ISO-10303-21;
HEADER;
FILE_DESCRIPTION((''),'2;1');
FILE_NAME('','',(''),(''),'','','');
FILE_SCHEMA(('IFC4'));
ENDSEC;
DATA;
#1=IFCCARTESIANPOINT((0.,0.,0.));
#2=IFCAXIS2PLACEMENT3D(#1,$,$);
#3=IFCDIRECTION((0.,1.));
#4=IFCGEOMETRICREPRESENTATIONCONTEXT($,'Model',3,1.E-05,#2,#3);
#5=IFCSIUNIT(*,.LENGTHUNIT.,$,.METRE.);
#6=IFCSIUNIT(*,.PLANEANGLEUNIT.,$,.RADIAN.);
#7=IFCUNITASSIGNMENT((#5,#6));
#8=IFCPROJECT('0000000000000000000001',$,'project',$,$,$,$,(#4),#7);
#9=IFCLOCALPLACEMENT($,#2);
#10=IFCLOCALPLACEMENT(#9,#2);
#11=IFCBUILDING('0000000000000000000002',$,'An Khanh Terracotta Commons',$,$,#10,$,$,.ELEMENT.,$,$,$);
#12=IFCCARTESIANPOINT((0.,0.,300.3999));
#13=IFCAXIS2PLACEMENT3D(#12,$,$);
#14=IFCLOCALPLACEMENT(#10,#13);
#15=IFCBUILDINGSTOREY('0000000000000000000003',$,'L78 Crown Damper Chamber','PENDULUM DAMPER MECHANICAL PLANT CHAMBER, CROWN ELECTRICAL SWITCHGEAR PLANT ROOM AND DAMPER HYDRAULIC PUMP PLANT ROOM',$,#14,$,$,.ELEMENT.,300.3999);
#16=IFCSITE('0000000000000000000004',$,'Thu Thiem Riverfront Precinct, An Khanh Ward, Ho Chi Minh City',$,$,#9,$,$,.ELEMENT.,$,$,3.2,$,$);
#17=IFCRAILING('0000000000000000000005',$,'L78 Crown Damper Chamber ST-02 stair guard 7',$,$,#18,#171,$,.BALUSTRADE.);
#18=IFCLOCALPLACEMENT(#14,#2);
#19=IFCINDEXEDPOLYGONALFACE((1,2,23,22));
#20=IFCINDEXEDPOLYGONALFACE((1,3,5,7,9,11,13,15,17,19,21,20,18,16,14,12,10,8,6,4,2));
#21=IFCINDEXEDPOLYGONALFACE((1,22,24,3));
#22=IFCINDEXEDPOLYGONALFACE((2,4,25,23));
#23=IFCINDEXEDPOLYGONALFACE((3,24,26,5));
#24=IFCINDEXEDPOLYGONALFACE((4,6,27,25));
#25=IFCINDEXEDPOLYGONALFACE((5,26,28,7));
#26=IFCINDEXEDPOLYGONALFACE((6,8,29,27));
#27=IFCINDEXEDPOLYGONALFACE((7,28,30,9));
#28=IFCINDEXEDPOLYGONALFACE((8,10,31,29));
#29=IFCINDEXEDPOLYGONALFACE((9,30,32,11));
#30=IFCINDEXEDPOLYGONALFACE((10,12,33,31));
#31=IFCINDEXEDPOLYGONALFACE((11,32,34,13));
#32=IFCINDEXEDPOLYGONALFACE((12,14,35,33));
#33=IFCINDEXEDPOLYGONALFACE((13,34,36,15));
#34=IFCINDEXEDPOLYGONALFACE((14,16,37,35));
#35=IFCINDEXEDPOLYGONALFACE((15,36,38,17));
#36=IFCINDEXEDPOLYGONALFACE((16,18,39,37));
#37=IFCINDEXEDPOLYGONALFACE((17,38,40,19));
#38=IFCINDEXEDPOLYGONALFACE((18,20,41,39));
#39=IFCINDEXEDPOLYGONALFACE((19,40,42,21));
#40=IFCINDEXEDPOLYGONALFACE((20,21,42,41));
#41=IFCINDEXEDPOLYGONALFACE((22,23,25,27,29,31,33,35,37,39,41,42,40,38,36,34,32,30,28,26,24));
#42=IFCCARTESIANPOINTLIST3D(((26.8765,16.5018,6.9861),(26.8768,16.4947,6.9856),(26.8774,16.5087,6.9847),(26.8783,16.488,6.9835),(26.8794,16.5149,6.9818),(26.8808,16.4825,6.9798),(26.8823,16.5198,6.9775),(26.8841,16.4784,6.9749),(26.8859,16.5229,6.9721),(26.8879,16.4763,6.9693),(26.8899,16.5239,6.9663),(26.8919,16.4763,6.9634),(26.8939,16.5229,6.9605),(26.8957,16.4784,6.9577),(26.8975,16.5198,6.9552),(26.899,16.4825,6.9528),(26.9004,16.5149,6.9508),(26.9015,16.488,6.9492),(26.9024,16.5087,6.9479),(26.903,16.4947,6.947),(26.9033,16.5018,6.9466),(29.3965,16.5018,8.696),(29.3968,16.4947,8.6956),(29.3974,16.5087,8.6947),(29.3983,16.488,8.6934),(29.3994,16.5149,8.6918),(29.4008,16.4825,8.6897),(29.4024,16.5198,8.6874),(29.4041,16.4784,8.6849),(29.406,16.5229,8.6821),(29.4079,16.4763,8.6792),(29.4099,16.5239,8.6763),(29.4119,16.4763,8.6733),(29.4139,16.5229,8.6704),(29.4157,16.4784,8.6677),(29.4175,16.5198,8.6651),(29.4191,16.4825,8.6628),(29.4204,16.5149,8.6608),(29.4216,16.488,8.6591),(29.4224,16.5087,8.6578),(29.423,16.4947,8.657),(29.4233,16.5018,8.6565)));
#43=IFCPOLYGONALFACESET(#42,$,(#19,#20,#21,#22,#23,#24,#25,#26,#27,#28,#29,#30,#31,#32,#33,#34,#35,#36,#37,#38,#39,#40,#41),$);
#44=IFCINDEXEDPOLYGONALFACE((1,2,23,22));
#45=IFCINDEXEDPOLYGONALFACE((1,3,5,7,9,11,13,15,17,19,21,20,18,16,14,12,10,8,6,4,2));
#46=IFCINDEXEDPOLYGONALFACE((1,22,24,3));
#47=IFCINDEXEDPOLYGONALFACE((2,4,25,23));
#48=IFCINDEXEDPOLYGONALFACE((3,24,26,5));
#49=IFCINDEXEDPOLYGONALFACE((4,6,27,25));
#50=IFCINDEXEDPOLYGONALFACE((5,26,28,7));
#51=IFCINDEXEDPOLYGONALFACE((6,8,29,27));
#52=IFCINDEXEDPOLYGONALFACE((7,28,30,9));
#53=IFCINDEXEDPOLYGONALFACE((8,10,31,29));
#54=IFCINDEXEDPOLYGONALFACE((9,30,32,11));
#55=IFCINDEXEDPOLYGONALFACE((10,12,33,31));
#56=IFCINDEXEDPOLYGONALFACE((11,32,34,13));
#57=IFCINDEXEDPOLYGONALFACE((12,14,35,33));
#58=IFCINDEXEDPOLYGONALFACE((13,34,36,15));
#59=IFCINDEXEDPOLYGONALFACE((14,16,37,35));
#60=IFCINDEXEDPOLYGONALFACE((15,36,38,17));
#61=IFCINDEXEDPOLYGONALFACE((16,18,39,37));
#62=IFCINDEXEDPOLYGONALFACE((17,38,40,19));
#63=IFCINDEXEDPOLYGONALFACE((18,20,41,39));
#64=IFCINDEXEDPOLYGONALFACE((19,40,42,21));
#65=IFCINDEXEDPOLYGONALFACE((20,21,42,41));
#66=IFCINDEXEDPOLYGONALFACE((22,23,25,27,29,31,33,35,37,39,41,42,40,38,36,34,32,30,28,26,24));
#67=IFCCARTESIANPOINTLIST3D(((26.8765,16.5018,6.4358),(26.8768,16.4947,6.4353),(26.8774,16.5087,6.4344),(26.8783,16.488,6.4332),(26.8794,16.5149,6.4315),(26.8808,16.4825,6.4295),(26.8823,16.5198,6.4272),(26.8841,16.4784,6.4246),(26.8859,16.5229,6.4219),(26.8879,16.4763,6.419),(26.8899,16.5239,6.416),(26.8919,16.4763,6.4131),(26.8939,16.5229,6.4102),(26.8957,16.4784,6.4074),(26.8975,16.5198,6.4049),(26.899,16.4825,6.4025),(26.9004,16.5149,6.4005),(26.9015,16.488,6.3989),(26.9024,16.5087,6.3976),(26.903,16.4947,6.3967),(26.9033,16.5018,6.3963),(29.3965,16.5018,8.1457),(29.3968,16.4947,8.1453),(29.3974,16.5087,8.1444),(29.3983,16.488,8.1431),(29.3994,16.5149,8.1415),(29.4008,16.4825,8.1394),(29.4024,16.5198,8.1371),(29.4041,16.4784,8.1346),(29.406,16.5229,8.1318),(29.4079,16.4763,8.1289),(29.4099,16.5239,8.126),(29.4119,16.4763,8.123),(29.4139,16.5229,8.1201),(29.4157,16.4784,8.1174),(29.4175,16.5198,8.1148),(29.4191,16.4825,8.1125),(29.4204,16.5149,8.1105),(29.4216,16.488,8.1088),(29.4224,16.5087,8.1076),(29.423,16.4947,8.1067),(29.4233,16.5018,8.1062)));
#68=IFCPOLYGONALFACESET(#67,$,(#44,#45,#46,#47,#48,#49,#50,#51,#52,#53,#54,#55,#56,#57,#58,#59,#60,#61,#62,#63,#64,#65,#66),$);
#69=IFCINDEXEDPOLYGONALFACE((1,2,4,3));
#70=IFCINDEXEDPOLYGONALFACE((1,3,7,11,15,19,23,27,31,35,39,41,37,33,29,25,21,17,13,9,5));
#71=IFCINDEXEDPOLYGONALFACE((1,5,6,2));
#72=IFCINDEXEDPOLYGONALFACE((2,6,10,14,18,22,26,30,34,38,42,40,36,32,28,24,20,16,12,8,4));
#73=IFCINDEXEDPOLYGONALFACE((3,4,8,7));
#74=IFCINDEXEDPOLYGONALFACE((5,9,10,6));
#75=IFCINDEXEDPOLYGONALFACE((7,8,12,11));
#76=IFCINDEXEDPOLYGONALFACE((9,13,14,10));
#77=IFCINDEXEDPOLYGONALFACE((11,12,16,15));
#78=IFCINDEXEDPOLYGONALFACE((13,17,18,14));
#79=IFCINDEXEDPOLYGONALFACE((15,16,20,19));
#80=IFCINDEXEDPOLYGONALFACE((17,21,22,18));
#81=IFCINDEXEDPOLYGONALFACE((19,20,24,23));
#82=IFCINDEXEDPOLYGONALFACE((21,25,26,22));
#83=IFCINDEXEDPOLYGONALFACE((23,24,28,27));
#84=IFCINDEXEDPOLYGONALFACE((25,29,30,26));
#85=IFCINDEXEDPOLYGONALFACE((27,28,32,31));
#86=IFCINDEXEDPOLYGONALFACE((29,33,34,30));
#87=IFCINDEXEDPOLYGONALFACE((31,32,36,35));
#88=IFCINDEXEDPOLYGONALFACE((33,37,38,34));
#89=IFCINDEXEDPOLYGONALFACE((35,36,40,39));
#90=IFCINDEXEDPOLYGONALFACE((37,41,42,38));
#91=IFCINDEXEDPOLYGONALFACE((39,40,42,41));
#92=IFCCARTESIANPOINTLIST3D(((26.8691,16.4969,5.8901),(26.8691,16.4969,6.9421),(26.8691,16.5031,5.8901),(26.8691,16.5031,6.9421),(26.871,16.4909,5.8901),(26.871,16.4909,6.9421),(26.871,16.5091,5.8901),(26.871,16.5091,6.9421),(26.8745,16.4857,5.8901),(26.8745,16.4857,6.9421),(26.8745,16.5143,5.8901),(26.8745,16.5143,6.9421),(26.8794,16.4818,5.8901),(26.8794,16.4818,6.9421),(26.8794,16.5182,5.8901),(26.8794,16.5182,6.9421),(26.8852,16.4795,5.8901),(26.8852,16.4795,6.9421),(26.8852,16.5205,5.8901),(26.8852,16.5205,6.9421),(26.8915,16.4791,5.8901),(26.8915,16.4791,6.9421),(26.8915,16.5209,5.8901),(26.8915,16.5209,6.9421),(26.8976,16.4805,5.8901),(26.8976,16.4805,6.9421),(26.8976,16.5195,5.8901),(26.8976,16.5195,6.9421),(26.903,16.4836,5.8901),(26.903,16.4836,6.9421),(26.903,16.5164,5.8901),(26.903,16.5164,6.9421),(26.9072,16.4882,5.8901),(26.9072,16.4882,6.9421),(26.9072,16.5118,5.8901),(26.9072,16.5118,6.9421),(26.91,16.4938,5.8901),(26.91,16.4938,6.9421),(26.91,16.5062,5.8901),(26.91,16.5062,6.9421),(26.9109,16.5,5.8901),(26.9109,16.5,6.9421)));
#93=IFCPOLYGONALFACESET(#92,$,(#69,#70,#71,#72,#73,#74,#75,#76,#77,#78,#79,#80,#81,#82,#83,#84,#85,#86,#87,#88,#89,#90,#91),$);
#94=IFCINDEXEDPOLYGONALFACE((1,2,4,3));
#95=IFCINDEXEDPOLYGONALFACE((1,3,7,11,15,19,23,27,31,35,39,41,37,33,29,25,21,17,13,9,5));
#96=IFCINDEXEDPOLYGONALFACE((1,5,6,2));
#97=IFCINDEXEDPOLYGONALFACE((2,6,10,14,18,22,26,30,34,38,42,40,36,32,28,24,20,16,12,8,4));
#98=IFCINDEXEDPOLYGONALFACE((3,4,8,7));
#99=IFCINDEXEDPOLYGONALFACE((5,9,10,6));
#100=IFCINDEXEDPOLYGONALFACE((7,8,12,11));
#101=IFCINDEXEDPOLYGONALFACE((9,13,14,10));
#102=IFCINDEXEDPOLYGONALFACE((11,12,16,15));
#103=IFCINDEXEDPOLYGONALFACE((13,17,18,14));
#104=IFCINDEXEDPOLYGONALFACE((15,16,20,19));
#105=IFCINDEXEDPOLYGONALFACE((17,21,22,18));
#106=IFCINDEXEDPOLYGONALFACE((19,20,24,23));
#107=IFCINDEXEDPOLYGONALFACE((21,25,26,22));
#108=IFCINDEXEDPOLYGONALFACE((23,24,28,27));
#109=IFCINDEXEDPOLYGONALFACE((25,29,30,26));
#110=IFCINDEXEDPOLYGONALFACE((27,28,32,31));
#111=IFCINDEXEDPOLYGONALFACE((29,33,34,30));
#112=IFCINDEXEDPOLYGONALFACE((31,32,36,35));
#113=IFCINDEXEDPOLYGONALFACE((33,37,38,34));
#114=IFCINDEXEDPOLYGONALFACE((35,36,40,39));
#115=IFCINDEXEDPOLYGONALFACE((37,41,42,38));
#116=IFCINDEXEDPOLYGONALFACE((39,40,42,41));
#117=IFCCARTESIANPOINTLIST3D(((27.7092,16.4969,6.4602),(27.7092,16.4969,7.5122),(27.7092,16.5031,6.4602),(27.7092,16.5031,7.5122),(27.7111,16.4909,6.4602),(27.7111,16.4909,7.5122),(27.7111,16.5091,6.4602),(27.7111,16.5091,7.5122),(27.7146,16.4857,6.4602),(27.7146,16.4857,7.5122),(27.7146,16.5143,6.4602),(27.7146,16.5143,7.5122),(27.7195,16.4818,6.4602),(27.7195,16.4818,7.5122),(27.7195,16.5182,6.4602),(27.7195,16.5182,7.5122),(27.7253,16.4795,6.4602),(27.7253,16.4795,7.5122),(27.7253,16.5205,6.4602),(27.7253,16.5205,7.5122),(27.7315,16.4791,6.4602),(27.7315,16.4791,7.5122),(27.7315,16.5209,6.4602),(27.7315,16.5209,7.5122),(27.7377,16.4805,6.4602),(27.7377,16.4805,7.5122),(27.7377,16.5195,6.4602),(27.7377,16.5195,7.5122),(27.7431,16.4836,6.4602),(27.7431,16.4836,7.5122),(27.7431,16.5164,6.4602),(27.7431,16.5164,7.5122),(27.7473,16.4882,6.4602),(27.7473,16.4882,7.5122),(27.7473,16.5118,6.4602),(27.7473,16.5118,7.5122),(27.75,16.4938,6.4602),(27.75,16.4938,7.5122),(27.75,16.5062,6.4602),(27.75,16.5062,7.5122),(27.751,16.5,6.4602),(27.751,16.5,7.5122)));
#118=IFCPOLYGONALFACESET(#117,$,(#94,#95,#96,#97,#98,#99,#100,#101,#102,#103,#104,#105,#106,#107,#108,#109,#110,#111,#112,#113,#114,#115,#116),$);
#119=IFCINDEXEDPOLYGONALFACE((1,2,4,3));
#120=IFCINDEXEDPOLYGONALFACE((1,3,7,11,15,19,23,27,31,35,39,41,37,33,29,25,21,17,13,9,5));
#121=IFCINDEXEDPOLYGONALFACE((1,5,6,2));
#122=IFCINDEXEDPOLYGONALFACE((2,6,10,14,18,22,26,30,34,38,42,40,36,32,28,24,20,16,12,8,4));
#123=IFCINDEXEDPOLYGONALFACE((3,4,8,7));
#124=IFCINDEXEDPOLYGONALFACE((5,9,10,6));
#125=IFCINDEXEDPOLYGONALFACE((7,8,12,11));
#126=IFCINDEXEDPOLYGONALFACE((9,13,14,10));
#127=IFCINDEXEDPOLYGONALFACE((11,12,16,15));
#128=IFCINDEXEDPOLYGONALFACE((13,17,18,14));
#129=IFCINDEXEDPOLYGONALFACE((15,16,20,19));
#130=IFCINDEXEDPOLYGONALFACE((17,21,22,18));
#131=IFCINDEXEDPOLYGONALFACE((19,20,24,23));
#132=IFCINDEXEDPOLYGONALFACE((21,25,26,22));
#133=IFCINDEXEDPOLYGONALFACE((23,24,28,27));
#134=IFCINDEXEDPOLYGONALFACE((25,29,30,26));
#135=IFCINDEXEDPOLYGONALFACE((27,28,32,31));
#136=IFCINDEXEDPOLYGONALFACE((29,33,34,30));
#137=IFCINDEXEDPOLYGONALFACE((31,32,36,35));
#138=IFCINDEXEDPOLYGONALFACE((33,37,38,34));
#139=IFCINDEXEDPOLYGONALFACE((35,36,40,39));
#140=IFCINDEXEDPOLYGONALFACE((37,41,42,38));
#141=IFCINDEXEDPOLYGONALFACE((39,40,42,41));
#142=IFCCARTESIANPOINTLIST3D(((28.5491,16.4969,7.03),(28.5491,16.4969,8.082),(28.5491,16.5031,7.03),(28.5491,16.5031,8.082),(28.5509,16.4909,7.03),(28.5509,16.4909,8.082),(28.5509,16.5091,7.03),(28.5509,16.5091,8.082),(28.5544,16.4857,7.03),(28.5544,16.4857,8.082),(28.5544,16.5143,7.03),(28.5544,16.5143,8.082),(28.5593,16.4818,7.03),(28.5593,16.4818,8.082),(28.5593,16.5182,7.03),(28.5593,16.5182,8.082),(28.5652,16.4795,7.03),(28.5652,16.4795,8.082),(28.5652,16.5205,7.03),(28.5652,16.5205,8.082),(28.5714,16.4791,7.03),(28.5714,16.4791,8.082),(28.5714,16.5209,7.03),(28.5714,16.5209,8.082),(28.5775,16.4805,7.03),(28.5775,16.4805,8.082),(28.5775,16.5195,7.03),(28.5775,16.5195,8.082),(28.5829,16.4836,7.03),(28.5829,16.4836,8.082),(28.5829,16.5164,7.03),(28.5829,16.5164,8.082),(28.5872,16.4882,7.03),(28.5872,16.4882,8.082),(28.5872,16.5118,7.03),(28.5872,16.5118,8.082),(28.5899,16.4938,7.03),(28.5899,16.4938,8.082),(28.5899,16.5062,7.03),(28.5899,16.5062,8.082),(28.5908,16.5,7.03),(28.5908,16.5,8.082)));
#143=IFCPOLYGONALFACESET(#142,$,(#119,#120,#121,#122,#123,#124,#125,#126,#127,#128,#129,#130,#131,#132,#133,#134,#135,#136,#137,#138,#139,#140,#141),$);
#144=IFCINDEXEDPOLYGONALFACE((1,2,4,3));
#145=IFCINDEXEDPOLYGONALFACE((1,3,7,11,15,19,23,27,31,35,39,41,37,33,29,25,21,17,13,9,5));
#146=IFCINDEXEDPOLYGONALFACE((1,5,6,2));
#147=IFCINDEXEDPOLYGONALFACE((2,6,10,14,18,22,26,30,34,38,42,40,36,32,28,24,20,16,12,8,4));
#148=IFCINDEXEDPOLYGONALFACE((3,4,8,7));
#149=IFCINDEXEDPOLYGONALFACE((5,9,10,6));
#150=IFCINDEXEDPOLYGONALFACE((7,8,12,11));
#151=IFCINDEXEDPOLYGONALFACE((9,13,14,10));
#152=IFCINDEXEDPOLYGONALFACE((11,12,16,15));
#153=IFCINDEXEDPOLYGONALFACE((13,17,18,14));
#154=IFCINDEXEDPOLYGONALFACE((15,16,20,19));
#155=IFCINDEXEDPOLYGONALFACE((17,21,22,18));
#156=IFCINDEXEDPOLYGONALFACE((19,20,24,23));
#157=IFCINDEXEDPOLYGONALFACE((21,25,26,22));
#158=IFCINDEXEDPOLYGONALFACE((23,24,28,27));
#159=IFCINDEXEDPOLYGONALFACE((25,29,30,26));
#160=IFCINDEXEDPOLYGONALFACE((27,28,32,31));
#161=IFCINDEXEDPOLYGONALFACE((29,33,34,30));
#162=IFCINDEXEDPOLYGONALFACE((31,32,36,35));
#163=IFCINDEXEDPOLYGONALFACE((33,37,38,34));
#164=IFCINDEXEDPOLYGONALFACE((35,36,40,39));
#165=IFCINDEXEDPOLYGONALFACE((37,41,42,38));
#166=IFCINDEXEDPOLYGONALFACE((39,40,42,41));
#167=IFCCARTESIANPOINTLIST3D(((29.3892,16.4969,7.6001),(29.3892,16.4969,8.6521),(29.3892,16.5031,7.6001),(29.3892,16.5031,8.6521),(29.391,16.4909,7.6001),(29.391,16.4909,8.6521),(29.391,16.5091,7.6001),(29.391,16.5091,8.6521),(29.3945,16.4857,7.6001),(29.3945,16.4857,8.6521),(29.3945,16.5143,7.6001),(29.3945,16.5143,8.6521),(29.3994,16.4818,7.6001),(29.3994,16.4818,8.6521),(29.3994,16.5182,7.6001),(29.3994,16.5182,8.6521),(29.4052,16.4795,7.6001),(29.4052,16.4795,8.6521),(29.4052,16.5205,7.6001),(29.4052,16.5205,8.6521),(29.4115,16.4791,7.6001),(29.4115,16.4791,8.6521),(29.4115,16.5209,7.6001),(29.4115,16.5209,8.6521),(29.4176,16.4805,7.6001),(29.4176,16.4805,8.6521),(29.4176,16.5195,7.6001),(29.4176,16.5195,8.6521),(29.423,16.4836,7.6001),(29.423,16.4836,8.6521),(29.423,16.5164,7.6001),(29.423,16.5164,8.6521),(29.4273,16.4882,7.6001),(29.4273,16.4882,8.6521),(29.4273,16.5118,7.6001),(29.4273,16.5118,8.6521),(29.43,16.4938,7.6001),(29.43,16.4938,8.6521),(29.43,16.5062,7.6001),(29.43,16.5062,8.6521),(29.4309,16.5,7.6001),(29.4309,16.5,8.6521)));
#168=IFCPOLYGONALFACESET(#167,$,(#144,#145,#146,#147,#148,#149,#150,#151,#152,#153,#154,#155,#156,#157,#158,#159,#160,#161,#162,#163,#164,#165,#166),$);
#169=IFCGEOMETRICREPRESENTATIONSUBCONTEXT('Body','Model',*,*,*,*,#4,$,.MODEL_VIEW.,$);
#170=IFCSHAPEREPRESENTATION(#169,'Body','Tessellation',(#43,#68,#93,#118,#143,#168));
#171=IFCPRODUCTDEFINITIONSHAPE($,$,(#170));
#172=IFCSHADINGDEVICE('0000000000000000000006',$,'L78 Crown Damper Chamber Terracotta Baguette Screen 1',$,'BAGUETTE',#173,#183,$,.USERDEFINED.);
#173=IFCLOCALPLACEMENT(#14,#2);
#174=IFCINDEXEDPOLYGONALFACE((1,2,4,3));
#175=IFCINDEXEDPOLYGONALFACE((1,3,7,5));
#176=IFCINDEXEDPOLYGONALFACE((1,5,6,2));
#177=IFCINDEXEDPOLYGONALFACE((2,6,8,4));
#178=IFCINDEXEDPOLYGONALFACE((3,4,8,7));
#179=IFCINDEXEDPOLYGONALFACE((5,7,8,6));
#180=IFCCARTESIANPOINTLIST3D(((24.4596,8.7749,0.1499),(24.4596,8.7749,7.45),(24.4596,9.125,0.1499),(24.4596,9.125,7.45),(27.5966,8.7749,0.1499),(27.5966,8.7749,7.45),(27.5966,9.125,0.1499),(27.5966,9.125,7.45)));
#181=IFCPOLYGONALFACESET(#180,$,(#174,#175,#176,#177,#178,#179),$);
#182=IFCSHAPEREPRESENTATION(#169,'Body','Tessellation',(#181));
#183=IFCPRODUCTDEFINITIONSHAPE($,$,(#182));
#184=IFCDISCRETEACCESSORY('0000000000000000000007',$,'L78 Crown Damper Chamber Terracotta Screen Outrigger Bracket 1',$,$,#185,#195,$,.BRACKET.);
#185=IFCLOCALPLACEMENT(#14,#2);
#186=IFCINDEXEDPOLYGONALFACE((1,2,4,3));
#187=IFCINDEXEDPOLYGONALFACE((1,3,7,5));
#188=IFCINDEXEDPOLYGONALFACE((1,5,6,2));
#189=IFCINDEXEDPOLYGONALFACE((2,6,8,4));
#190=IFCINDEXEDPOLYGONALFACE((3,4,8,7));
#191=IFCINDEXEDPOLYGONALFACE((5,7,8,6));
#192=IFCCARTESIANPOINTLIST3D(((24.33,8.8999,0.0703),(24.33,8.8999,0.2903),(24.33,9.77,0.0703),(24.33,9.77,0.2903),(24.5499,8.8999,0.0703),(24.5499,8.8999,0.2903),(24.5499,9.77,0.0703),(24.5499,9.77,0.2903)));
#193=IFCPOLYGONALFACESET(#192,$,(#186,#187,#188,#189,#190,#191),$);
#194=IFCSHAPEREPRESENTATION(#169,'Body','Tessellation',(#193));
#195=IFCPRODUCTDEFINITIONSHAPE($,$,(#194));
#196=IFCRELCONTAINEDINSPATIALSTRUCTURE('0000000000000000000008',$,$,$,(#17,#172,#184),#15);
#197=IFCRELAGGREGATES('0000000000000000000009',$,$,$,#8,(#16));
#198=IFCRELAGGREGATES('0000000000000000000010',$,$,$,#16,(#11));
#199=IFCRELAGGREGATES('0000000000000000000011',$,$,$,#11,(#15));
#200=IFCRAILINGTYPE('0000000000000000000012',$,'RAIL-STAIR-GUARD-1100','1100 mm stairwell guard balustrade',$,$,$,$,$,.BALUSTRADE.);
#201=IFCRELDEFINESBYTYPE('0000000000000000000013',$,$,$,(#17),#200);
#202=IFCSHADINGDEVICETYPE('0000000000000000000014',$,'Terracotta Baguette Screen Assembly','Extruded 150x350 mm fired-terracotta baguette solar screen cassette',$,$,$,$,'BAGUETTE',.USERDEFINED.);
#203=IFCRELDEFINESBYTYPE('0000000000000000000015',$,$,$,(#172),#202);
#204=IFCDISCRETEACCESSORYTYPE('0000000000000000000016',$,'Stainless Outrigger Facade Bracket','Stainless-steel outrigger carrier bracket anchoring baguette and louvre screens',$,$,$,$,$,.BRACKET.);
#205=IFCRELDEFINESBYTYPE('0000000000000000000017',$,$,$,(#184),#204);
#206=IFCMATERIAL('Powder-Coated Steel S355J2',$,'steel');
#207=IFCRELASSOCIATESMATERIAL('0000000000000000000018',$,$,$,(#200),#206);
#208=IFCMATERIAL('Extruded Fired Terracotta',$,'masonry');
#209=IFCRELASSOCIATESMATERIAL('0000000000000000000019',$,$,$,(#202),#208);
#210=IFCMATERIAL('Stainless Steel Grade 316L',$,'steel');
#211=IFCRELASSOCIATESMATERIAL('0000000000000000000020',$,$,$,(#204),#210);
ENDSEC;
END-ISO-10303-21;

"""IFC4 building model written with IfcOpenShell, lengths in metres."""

from ifc_helpers import new_model, si_unit, direction, frame, origin, origin_2d, place, context, subcontext, project, spatial, rectangle, circle, extrude, material, type_object, element, save


model = new_model("IFC4")

# Units and contexts
model_context = context("Model", 3, precision=1e-05, world=origin(), true_north=direction((0.0, 1.0)))
body_context = subcontext(model_context, "Body", "Model", "MODEL_VIEW")
ifc_project = project(units=[si_unit("LENGTHUNIT", "METRE"), si_unit("PLANEANGLEUNIT", "RADIAN")], contexts=[model_context])

# Site, building, storey
site_placement = place(None, origin())
site = spatial("IfcSite", under=ifc_project, at=site_placement, Name="Thu Thiem Riverfront Precinct, An Khanh Ward, Ho Chi Minh City", CompositionType="ELEMENT", RefElevation=3.2)
building_placement = place(site_placement, origin())
building = spatial("IfcBuilding", under=site, at=building_placement, Name="An Khanh Terracotta Commons", CompositionType="ELEMENT")
storey_placement = place(building_placement, frame((0.0, 0.0, 300.3999)))
storey = spatial("IfcBuildingStorey", under=building, at=storey_placement, Name="L78 Crown Damper Chamber", Description="PENDULUM DAMPER MECHANICAL PLANT CHAMBER, CROWN ELECTRICAL SWITCHGEAR PLANT ROOM AND DAMPER HYDRAULIC PUMP PLANT ROOM", CompositionType="ELEMENT", Elevation=300.3999)

# Railing
ifc_material_1 = material(Name="Powder-Coated Steel S355J2", Category="steel")
railing_type_1 = type_object("IfcRailingType", Name="RAIL-STAIR-GUARD-1100", Description="1100 mm stairwell guard balustrade", PredefinedType="BALUSTRADE", material=ifc_material_1)
railing_1_placement = place(storey_placement, frame((26.8899, 16.5, 5.8901)))
element("IfcRailing", 1, at=railing_1_placement, inside=storey, type_object=railing_type_1, Name="L78 Crown Damper Chamber ST-02 stair guard 7", PredefinedType="BALUSTRADE", context=body_context, shape_type="SweptSolid", body=[
    extrude(circle(Radius=0.0239, at=origin_2d()), frame((0.0, 0.0, 1.0762), z_axis=(0.827484, 0.0, 0.56149), x_axis=(0.0, 1.0, 0.0)), (0.0, 0.0, 1.0), 3.0454),
    extrude(circle(Radius=0.0239, at=origin_2d()), frame((0.0, 0.0, 0.5259), z_axis=(0.827484, 0.0, 0.56149), x_axis=(0.0, 1.0, 0.0)), (0.0, 0.0, 1.0), 3.0454),
    extrude(circle(Radius=0.021, at=origin_2d()), origin(), (0.0, 0.0, 1.0), 1.052),
    extrude(circle(Radius=0.021, at=origin_2d()), frame((0.8401, 0.0, 0.5701)), (0.0, 0.0, 1.0), 1.052),
    extrude(circle(Radius=0.021, at=origin_2d()), frame((1.6799, 0.0, 1.1399)), (0.0, 0.0, 1.0), 1.052),
    extrude(circle(Radius=0.021, at=origin_2d()), frame((2.52, 0.0, 1.71)), (0.0, 0.0, 1.0), 1.052),
])

# Shading device
ifc_material_2 = material(Name="Extruded Fired Terracotta", Category="masonry")
shading_device_type = type_object("IfcShadingDeviceType", Name="Terracotta Baguette Screen Assembly", Description="Extruded 150x350 mm fired-terracotta baguette solar screen cassette", ElementType="BAGUETTE", PredefinedType="USERDEFINED", material=ifc_material_2)
shading_device_placement = place(storey_placement, frame((26.0281, 8.95, 0.1499), z_axis=(0.0, 0.0, 1.0), x_axis=(1.0, 0.0, 0.0)))
element("IfcShadingDevice", 2, at=shading_device_placement, inside=storey, type_object=shading_device_type, Name="L78 Crown Damper Chamber Terracotta Baguette Screen 1", ObjectType="BAGUETTE", PredefinedType="USERDEFINED", context=body_context, shape_type="SweptSolid", body=[
    extrude(rectangle(XDim=3.137, YDim=0.3501, at=origin_2d()), origin(), (0.0, 0.0, 1.0), 7.3),
])

# Discrete accessory
ifc_material_3 = material(Name="Stainless Steel Grade 316L", Category="steel")
discrete_accessory_type = type_object("IfcDiscreteAccessoryType", Name="Stainless Outrigger Facade Bracket", Description="Stainless-steel outrigger carrier bracket anchoring baguette and louvre screens", PredefinedType="BRACKET", material=ifc_material_3)
discrete_accessory_placement = place(storey_placement, frame((24.4399, 9.335, 0.0703), z_axis=(0.0, 0.0, 1.0), x_axis=(1.0, 0.0, 0.0)))
element("IfcDiscreteAccessory", 3, at=discrete_accessory_placement, inside=storey, type_object=discrete_accessory_type, Name="L78 Crown Damper Chamber Terracotta Screen Outrigger Bracket 1", PredefinedType="BRACKET", context=body_context, shape_type="SweptSolid", body=[
    extrude(rectangle(XDim=0.22, YDim=0.8701, at=origin_2d()), origin(), (0.0, 0.0, 1.0), 0.22),
])

save(model, "model.ifc")
